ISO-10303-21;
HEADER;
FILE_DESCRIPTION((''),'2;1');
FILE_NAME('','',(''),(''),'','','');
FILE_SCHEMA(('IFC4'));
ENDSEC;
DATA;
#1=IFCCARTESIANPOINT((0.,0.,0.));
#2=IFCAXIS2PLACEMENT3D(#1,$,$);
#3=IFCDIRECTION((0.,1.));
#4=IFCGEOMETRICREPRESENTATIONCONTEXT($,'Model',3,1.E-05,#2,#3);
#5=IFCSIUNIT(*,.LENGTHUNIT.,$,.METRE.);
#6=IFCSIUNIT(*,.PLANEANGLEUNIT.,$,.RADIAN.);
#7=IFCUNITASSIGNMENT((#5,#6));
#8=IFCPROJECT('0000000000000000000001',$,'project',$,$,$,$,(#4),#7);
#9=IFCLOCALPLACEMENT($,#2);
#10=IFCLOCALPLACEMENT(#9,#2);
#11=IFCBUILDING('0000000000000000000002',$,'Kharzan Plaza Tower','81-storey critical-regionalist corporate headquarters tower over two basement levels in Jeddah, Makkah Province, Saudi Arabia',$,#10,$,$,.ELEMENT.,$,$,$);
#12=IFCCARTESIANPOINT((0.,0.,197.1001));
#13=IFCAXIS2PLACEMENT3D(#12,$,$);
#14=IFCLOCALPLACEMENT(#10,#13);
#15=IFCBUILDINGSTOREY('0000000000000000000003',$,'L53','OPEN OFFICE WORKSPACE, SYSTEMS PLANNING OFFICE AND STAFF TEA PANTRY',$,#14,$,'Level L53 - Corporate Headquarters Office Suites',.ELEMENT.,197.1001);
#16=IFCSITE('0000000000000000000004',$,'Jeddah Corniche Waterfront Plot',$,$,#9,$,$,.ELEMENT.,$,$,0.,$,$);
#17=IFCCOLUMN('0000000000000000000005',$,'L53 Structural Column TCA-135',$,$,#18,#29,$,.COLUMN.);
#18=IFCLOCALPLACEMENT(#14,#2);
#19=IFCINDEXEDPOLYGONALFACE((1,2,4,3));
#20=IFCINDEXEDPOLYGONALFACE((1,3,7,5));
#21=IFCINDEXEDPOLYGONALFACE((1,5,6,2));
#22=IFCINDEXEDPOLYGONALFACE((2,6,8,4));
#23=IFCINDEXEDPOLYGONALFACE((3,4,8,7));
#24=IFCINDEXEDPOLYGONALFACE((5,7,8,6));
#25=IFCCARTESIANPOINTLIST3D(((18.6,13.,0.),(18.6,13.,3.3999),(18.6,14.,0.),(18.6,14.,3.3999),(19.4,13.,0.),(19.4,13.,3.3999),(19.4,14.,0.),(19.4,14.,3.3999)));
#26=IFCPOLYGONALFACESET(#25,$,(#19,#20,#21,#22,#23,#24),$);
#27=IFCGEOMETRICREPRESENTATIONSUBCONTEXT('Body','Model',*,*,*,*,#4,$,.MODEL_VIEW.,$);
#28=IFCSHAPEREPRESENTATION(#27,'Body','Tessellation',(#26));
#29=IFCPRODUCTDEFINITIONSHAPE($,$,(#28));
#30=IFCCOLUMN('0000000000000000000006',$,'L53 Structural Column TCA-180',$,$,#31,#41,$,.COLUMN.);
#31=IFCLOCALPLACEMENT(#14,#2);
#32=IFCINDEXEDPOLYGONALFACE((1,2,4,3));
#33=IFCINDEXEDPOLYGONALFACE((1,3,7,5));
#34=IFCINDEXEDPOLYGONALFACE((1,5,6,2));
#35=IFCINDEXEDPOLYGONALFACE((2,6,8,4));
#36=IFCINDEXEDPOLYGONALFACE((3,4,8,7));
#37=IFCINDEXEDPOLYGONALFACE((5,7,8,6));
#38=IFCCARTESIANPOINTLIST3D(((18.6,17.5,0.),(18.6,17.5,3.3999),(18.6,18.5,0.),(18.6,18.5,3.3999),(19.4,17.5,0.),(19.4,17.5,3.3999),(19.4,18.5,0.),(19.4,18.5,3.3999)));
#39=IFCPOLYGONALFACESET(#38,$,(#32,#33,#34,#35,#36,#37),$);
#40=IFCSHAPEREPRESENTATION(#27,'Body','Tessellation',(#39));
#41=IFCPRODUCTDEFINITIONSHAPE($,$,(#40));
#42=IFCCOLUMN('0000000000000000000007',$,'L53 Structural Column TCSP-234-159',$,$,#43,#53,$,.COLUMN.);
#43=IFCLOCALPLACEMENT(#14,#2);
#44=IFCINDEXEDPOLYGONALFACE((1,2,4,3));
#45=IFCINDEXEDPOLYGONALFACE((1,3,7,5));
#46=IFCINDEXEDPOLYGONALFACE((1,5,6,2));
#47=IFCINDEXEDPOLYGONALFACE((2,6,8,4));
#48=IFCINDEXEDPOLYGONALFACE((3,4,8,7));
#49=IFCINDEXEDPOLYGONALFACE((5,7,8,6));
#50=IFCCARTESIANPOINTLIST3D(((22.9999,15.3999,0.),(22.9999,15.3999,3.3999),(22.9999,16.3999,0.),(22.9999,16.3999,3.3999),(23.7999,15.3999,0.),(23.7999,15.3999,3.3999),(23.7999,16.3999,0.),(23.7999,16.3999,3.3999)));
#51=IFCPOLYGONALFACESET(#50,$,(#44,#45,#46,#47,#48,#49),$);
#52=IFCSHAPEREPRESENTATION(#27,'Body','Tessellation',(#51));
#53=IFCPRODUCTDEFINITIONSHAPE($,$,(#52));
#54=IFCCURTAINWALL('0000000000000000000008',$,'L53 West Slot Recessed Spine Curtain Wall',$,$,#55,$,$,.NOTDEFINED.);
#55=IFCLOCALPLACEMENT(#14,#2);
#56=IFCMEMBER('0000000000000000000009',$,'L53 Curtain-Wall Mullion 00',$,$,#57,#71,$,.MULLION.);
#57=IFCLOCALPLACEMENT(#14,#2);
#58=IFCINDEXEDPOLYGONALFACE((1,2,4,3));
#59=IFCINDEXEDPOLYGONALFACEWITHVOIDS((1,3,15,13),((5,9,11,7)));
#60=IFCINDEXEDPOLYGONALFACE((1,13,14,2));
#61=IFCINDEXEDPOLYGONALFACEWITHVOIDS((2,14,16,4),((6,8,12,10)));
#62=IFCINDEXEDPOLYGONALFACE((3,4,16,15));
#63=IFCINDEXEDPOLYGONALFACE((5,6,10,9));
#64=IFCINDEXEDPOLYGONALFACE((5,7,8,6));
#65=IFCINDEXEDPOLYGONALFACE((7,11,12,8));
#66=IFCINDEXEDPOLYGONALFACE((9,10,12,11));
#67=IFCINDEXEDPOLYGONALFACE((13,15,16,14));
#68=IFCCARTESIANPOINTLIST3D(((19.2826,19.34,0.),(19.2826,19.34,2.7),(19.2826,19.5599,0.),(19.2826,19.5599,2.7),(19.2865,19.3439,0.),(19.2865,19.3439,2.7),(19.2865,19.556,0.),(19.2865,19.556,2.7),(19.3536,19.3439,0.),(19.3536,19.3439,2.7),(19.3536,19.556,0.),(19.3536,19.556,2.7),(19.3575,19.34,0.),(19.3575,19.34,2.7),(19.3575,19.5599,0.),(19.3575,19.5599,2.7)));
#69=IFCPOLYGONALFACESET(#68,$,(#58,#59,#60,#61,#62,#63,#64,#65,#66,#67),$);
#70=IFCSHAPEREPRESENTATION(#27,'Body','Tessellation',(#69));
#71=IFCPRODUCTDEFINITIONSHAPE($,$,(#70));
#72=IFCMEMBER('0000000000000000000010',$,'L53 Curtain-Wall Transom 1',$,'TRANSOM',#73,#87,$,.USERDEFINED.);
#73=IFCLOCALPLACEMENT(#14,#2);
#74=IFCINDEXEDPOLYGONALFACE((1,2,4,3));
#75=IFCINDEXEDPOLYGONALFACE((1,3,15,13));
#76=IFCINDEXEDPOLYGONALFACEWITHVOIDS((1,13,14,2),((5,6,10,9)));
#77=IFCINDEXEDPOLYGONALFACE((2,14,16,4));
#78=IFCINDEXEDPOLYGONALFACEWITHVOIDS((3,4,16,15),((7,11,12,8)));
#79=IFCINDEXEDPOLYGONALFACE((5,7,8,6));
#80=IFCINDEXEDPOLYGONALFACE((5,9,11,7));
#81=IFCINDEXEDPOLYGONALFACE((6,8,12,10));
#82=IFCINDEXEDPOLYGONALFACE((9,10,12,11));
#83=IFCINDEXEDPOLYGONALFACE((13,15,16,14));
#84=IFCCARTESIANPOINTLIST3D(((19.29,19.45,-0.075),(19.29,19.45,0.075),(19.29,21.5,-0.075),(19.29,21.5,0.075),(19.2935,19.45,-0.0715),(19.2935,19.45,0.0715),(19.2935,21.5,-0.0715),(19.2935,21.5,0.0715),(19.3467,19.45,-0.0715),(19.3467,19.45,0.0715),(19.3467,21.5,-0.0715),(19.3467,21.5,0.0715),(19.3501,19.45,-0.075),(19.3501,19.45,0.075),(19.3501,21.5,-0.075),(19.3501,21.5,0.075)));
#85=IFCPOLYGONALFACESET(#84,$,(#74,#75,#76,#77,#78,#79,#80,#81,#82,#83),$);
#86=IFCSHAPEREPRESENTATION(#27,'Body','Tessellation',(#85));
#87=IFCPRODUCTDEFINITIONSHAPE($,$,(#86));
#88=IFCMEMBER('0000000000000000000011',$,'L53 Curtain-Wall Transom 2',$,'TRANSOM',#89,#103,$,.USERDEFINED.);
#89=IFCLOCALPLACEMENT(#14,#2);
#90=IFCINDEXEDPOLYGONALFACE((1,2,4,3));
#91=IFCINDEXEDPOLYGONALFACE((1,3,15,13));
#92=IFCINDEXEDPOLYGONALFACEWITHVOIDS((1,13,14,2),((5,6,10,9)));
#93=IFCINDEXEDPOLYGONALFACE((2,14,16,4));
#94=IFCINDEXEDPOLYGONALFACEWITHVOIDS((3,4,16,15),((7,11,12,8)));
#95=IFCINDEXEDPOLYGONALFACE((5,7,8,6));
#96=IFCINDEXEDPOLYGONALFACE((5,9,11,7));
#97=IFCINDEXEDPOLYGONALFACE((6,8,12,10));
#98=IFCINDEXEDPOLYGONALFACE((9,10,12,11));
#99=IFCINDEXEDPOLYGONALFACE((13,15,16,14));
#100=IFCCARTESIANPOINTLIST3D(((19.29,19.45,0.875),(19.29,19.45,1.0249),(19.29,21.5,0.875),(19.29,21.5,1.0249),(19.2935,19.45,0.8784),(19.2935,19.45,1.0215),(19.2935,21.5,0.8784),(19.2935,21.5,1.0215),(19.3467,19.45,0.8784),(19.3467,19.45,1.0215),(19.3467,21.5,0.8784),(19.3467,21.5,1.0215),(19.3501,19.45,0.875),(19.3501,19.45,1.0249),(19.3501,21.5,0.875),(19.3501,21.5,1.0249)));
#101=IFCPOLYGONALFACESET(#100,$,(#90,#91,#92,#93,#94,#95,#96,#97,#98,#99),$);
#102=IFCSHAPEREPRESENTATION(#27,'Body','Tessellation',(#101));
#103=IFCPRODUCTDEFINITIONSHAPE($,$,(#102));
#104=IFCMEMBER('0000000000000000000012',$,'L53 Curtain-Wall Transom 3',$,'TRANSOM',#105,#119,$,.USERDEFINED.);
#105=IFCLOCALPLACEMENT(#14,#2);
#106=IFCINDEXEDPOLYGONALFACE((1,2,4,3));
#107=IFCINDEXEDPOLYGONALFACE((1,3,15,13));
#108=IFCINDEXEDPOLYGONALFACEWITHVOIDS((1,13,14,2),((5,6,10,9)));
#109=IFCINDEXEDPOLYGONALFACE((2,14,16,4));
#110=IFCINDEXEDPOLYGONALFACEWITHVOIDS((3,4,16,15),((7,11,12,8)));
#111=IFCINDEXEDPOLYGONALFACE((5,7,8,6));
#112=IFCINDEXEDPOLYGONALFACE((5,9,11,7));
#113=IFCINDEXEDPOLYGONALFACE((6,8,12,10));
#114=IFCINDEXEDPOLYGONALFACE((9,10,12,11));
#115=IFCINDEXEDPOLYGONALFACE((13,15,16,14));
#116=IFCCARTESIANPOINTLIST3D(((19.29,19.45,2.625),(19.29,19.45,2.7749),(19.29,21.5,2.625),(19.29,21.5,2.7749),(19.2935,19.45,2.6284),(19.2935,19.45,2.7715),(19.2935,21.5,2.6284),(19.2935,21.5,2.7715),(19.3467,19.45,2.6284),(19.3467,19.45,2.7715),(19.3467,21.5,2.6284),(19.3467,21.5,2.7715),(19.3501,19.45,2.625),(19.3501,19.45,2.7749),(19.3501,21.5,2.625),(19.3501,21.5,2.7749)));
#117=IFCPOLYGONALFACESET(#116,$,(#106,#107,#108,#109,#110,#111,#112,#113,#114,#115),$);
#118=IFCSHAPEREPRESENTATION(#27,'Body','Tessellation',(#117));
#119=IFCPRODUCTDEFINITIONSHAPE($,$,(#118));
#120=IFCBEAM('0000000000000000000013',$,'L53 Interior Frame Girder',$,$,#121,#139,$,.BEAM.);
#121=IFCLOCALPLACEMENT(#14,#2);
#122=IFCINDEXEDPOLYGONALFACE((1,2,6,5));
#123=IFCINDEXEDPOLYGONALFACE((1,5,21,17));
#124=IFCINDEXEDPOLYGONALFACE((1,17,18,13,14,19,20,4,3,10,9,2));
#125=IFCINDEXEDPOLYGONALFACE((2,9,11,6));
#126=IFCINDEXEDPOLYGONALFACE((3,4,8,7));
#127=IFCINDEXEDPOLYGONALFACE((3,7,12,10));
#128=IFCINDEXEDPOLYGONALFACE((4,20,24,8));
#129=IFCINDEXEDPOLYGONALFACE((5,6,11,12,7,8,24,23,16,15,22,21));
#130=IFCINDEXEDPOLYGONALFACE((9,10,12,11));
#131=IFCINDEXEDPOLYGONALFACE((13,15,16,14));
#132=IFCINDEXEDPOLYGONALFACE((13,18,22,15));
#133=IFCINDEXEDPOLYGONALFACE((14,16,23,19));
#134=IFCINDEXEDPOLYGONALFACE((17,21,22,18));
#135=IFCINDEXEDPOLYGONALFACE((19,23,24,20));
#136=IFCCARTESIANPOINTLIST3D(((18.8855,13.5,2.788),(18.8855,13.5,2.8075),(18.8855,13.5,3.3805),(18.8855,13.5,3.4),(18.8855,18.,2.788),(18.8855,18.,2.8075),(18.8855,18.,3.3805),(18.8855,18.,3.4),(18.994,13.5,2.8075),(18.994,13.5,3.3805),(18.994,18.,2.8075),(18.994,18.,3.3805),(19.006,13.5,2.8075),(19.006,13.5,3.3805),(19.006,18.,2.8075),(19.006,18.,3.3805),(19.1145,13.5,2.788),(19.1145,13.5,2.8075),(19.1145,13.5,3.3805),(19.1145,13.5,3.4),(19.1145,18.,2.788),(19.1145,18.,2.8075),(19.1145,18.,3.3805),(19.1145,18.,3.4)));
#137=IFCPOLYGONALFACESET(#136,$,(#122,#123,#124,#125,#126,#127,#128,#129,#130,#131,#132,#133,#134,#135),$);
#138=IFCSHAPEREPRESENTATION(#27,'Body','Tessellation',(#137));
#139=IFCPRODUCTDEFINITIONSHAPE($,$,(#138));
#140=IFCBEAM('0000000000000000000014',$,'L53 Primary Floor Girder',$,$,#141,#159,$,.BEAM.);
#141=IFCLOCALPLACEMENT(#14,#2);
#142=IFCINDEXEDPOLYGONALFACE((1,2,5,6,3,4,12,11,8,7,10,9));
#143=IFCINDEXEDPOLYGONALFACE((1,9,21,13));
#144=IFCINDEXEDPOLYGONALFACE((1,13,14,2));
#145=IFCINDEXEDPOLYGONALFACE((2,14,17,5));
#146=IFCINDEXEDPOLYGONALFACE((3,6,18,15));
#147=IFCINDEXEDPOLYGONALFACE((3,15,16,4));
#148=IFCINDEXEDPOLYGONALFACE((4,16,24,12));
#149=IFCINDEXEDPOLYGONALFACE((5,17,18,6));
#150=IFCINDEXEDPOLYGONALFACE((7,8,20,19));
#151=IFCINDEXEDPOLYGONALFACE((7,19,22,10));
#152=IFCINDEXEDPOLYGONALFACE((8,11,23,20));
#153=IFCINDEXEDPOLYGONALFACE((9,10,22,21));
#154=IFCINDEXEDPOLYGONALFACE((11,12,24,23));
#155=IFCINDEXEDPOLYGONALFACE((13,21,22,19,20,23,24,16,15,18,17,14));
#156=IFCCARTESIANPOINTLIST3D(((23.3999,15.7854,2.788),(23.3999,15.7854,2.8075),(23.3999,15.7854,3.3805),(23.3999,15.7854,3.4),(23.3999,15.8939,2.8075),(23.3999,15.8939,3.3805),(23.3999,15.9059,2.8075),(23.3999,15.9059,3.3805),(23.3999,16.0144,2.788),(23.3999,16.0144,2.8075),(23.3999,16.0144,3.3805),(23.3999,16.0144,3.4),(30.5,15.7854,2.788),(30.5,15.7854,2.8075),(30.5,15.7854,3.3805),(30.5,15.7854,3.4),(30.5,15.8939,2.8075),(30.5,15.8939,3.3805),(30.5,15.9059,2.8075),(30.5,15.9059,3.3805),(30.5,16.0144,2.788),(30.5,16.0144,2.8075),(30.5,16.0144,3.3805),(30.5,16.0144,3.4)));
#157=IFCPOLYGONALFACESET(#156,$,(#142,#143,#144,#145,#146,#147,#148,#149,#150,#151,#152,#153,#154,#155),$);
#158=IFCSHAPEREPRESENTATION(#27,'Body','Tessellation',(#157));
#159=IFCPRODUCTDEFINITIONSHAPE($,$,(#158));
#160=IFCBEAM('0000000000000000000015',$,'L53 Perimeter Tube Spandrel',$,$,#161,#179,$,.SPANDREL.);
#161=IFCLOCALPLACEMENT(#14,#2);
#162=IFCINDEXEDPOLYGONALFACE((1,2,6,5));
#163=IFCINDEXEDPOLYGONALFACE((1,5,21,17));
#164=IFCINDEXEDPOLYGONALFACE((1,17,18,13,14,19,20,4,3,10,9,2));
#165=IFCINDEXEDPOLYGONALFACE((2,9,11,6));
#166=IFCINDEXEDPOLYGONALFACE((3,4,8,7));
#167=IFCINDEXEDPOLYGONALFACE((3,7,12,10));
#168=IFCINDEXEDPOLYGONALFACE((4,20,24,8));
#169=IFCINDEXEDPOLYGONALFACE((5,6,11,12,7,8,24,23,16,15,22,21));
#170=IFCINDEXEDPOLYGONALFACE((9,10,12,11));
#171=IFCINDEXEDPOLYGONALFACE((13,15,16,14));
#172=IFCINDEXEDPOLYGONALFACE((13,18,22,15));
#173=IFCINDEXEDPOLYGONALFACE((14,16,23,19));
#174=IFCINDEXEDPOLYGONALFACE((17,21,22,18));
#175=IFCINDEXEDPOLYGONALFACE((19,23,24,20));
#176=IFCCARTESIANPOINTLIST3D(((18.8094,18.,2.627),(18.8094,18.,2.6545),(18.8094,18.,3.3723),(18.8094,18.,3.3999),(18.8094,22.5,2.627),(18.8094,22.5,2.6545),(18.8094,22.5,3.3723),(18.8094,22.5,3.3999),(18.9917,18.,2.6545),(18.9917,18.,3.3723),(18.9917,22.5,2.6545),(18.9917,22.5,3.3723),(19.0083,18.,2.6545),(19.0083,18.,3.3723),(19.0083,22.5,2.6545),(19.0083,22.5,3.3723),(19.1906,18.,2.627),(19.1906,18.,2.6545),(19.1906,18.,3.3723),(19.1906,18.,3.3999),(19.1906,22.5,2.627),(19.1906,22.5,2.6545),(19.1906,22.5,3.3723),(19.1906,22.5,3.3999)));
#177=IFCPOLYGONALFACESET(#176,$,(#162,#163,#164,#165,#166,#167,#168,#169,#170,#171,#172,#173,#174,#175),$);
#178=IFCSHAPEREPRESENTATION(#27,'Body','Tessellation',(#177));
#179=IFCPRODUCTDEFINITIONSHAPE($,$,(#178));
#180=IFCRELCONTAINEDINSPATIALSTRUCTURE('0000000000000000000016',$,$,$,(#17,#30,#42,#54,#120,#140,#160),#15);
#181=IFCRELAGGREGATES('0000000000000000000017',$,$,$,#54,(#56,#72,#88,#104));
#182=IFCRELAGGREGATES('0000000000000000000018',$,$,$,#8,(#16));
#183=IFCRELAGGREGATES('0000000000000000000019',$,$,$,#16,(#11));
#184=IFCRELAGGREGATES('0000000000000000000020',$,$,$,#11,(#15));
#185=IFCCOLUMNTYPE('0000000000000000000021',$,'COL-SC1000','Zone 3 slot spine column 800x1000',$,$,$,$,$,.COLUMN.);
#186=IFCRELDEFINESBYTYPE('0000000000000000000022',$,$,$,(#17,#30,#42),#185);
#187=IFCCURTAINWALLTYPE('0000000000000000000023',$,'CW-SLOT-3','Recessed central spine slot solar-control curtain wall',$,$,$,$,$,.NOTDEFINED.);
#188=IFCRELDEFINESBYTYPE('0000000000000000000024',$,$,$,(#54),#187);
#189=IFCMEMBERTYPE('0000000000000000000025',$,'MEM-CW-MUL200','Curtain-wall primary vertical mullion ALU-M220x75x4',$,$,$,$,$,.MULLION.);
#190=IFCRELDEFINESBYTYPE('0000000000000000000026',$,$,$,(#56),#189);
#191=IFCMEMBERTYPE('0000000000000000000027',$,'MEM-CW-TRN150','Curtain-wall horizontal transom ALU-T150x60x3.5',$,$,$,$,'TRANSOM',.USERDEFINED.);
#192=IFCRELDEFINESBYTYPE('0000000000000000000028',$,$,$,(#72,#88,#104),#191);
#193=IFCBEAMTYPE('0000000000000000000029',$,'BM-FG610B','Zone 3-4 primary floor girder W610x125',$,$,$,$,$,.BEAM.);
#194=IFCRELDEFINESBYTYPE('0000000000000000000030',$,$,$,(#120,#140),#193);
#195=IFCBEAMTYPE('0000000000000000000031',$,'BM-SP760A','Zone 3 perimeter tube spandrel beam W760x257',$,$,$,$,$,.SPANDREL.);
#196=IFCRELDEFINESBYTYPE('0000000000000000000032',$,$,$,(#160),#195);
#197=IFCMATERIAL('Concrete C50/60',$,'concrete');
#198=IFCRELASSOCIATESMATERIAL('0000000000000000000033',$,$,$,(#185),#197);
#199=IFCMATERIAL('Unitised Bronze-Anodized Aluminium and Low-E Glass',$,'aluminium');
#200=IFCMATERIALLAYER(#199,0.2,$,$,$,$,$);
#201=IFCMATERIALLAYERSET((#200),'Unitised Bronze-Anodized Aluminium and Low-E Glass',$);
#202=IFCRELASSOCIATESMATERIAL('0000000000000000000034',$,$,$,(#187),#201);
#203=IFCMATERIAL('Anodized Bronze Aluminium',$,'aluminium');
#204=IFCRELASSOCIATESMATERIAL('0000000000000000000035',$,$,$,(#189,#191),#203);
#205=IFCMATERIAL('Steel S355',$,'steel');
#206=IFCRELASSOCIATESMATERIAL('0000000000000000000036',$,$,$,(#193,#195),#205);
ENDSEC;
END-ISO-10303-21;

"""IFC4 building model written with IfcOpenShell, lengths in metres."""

from ifc_helpers import new_model, si_unit, direction, frame, origin, origin_2d, place, context, subcontext, project, spatial, rectangle, hollow_rectangle, i_section, extrude, source, transform, mapped, material, layer, layer_set, material_profile, profile_set, type_object, element, aggregate, save


model = new_model("IFC4")

# Units and contexts
model_context = context("Model", 3, precision=1e-05, world=origin(), true_north=direction((0.0, 1.0)))
body_context = subcontext(model_context, "Body", "Model", "MODEL_VIEW")
ifc_project = project(units=[si_unit("LENGTHUNIT", "METRE"), si_unit("PLANEANGLEUNIT", "RADIAN")], contexts=[model_context])

# Site, building, storey
site_placement = place(None, origin())
site = spatial("IfcSite", under=ifc_project, at=site_placement, Name="Jeddah Corniche Waterfront Plot", CompositionType="ELEMENT", RefElevation=0.0)
building_placement = place(site_placement, origin())
building = spatial("IfcBuilding", under=site, at=building_placement, Name="Kharzan Plaza Tower", Description="81-storey critical-regionalist corporate headquarters tower over two basement levels in Jeddah, Makkah Province, Saudi Arabia", CompositionType="ELEMENT")
storey_placement = place(building_placement, frame((0.0, 0.0, 197.1001)))
storey = spatial("IfcBuildingStorey", under=building, at=storey_placement, Name="L53", Description="OPEN OFFICE WORKSPACE, SYSTEMS PLANNING OFFICE AND STAFF TEA PANTRY", LongName="Level L53 - Corporate Headquarters Office Suites", CompositionType="ELEMENT", Elevation=197.1001)

# Columns
ifc_material_1 = material(Name="Concrete C50/60", Category="concrete")
ifc_material_profile_1 = material_profile(ifc_material_1, rectangle(XDim=0.8, YDim=1.0, at=origin_2d()), Name="RC-SC1000x800")
ifc_profile_set_1 = profile_set([ifc_material_profile_1], Name="Concrete C50/60")
column_type = type_object("IfcColumnType", Name="COL-SC1000", Description="Zone 3 slot spine column 800x1000", PredefinedType="COLUMN", material=ifc_profile_set_1)
shared_shape_1 = source(origin(), body_context, "Body", "SweptSolid", [
    extrude(rectangle(XDim=0.8, YDim=1.0, at=origin_2d()), origin(), (0.0, 0.0, 1.0), 3.3999),
])
for number, where, z_axis, x_axis, name in (
    (1, (19.0, 13.5, 0.0), (0.0, 0.0, 1.0), (1.0, 0.0, 0.0), "L53 Structural Column TCA-135"),
    (2, (19.0, 18.0, 0.0), (0.0, 0.0, 1.0), (1.0, 0.0, 0.0), "L53 Structural Column TCA-180"),
    (3, (23.3999, 15.8999, 0.0), (0.0, 0.0, 1.0), (1.0, 0.0, 0.0), "L53 Structural Column TCSP-234-159"),
):
    element("IfcColumn", number, at=place(storey_placement, frame(where, z_axis=z_axis, x_axis=x_axis)), inside=storey, type_object=column_type, Name=name, PredefinedType="COLUMN", context=body_context, shape_type="MappedRepresentation", body=[
        mapped(shared_shape_1, transform((0.0, 0.0, 0.0), x_axis=(1.0, 0.0, 0.0), y_axis=(0.0, 1.0, 0.0), z_axis=(0.0, 0.0, 1.0))),
    ])

# Curtain wall, members
ifc_material_2 = material(Name="Unitised Bronze-Anodized Aluminium and Low-E Glass", Category="aluminium")
ifc_layer_1 = layer(ifc_material_2, 0.2)
ifc_layer_set_1 = layer_set([ifc_layer_1], Name="Unitised Bronze-Anodized Aluminium and Low-E Glass")
curtain_wall_type = type_object("IfcCurtainWallType", Name="CW-SLOT-3", Description="Recessed central spine slot solar-control curtain wall", PredefinedType="NOTDEFINED", material=ifc_layer_set_1)
curtain_wall_placement = place(storey_placement, origin())
curtain_wall = element("IfcCurtainWall", 4, at=curtain_wall_placement, inside=storey, type_object=curtain_wall_type, Name="L53 West Slot Recessed Spine Curtain Wall", PredefinedType="NOTDEFINED")
ifc_material_3 = material(Name="Anodized Bronze Aluminium", Category="aluminium")
ifc_material_profile_2 = material_profile(ifc_material_3, hollow_rectangle(XDim=0.075, YDim=0.22, WallThickness=0.0039, at=origin_2d()), Name="ALU-M220x75x4")
ifc_profile_set_2 = profile_set([ifc_material_profile_2], Name="Anodized Bronze Aluminium")
member_type_1 = type_object("IfcMemberType", Name="MEM-CW-MUL200", Description="Curtain-wall primary vertical mullion ALU-M220x75x4", PredefinedType="MULLION", material=ifc_profile_set_2)
shared_shape_2 = source(origin(), body_context, "Body", "SweptSolid", [
    extrude(hollow_rectangle(XDim=0.075, YDim=0.22, WallThickness=0.0039, at=origin_2d()), origin(), (0.0, 0.0, 1.0), 2.7),
])
member_1_placement = place(storey_placement, frame((19.3201, 19.45, 0.0), z_axis=(0.0, 0.0, 1.0), x_axis=(1.0, 0.0, 0.0)))
member_1 = element("IfcMember", 5, at=member_1_placement, type_object=member_type_1, Name="L53 Curtain-Wall Mullion 00", PredefinedType="MULLION", context=body_context, shape_type="MappedRepresentation", body=[
    mapped(shared_shape_2, transform((0.0, 0.0, 0.0), x_axis=(1.0, 0.0, 0.0), y_axis=(0.0, 1.0, 0.0), z_axis=(0.0, 0.0, 1.0))),
])
ifc_material_profile_3 = material_profile(ifc_material_3, hollow_rectangle(XDim=0.0601, YDim=0.1499, WallThickness=0.0034, at=origin_2d()), Name="ALU-T150x60x3.5")
ifc_profile_set_3 = profile_set([ifc_material_profile_3], Name="Anodized Bronze Aluminium")
member_type_2 = type_object("IfcMemberType", Name="MEM-CW-TRN150", Description="Curtain-wall horizontal transom ALU-T150x60x3.5", ElementType="TRANSOM", PredefinedType="USERDEFINED", material=ifc_profile_set_3)
shared_shape_3 = source(origin(), body_context, "Body", "SweptSolid", [
    extrude(hollow_rectangle(XDim=0.0601, YDim=0.1499, WallThickness=0.0034, at=origin_2d()), origin(), (0.0, 0.0, 1.0), 2.05),
])
member_2_placement = place(storey_placement, frame((19.3201, 19.45, 0.0), z_axis=(0.0, 1.0, 0.0), x_axis=(-1.0, 0.0, 0.0)))
member_2 = element("IfcMember", 6, at=member_2_placement, type_object=member_type_2, Name="L53 Curtain-Wall Transom 1", ObjectType="TRANSOM", PredefinedType="USERDEFINED", context=body_context, shape_type="MappedRepresentation", body=[
    mapped(shared_shape_3, transform((0.0, 0.0, 0.0), x_axis=(1.0, 0.0, 0.0), y_axis=(0.0, 1.0, 0.0), z_axis=(0.0, 0.0, 1.0))),
])
member_3_placement = place(storey_placement, frame((19.3201, 19.45, 0.95), z_axis=(0.0, 1.0, 0.0), x_axis=(-1.0, 0.0, 0.0)))
member_3 = element("IfcMember", 7, at=member_3_placement, type_object=member_type_2, Name="L53 Curtain-Wall Transom 2", ObjectType="TRANSOM", PredefinedType="USERDEFINED", context=body_context, shape_type="MappedRepresentation", body=[
    mapped(shared_shape_3, transform((0.0, 0.0, 0.0), x_axis=(1.0, 0.0, 0.0), y_axis=(0.0, 1.0, 0.0), z_axis=(0.0, 0.0, 1.0))),
])
member_4_placement = place(storey_placement, frame((19.3201, 19.45, 2.7), z_axis=(0.0, 1.0, 0.0), x_axis=(-1.0, 0.0, 0.0)))
member_4 = element("IfcMember", 8, at=member_4_placement, type_object=member_type_2, Name="L53 Curtain-Wall Transom 3", ObjectType="TRANSOM", PredefinedType="USERDEFINED", context=body_context, shape_type="MappedRepresentation", body=[
    mapped(shared_shape_3, transform((0.0, 0.0, 0.0), x_axis=(1.0, 0.0, 0.0), y_axis=(0.0, 1.0, 0.0), z_axis=(0.0, 0.0, 1.0))),
])

# Beams
ifc_material_4 = material(Name="Steel S355", Category="steel")
ifc_material_profile_4 = material_profile(ifc_material_4, i_section(OverallWidth=0.229, OverallDepth=0.6121, WebThickness=0.012, FlangeThickness=0.0195, at=origin_2d()), Name="W610x125")
ifc_profile_set_4 = profile_set([ifc_material_profile_4], Name="Steel S355")
beam_type_1 = type_object("IfcBeamType", Name="BM-FG610B", Description="Zone 3-4 primary floor girder W610x125", PredefinedType="BEAM", material=ifc_profile_set_4)
shared_shape_4 = source(origin(), body_context, "Body", "SweptSolid", [
    extrude(i_section(OverallWidth=0.229, OverallDepth=0.6121, WebThickness=0.012, FlangeThickness=0.0195, at=origin_2d()), origin(), (0.0, 0.0, 1.0), 4.5),
])
beam_1_placement = place(storey_placement, frame((19.0, 13.5, 3.094), z_axis=(0.0, 1.0, 0.0), x_axis=(-1.0, 0.0, 0.0)))
element("IfcBeam", 9, at=beam_1_placement, inside=storey, type_object=beam_type_1, Name="L53 Interior Frame Girder", PredefinedType="BEAM", context=body_context, shape_type="MappedRepresentation", body=[
    mapped(shared_shape_4, transform((0.0, 0.0, 0.0), x_axis=(1.0, 0.0, 0.0), y_axis=(0.0, 1.0, 0.0), z_axis=(0.0, 0.0, 1.0))),
])
shared_shape_5 = source(origin(), body_context, "Body", "SweptSolid", [
    extrude(i_section(OverallWidth=0.229, OverallDepth=0.6121, WebThickness=0.012, FlangeThickness=0.0195, at=origin_2d()), origin(), (0.0, 0.0, 1.0), 7.1001),
])
beam_2_placement = place(storey_placement, frame((23.3999, 15.8999, 3.094), z_axis=(1.0, 0.0, 0.0), x_axis=(0.0, 1.0, 0.0)))
element("IfcBeam", 10, at=beam_2_placement, inside=storey, type_object=beam_type_1, Name="L53 Primary Floor Girder", PredefinedType="BEAM", context=body_context, shape_type="MappedRepresentation", body=[
    mapped(shared_shape_5, transform((0.0, 0.0, 0.0), x_axis=(1.0, 0.0, 0.0), y_axis=(0.0, 1.0, 0.0), z_axis=(0.0, 0.0, 1.0))),
])
ifc_material_profile_5 = material_profile(ifc_material_4, i_section(OverallWidth=0.3811, OverallDepth=0.7729, WebThickness=0.0166, FlangeThickness=0.0276, at=origin_2d()), Name="W760x257")
ifc_profile_set_5 = profile_set([ifc_material_profile_5], Name="Steel S355")
beam_type_2 = type_object("IfcBeamType", Name="BM-SP760A", Description="Zone 3 perimeter tube spandrel beam W760x257", PredefinedType="SPANDREL", material=ifc_profile_set_5)
shared_shape_6 = source(origin(), body_context, "Body", "SweptSolid", [
    extrude(i_section(OverallWidth=0.3811, OverallDepth=0.7729, WebThickness=0.0166, FlangeThickness=0.0276, at=origin_2d()), origin(), (0.0, 0.0, 1.0), 4.5),
])
beam_3_placement = place(storey_placement, frame((19.0, 18.0, 3.0134), z_axis=(0.0, 1.0, 0.0), x_axis=(-1.0, 0.0, 0.0)))
element("IfcBeam", 11, at=beam_3_placement, inside=storey, type_object=beam_type_2, Name="L53 Perimeter Tube Spandrel", PredefinedType="SPANDREL", context=body_context, shape_type="MappedRepresentation", body=[
    mapped(shared_shape_6, transform((0.0, 0.0, 0.0), x_axis=(1.0, 0.0, 0.0), y_axis=(0.0, 1.0, 0.0), z_axis=(0.0, 0.0, 1.0))),
])

aggregate(curtain_wall, [member_1, member_2, member_3, member_4])

save(model, "model.ifc")
